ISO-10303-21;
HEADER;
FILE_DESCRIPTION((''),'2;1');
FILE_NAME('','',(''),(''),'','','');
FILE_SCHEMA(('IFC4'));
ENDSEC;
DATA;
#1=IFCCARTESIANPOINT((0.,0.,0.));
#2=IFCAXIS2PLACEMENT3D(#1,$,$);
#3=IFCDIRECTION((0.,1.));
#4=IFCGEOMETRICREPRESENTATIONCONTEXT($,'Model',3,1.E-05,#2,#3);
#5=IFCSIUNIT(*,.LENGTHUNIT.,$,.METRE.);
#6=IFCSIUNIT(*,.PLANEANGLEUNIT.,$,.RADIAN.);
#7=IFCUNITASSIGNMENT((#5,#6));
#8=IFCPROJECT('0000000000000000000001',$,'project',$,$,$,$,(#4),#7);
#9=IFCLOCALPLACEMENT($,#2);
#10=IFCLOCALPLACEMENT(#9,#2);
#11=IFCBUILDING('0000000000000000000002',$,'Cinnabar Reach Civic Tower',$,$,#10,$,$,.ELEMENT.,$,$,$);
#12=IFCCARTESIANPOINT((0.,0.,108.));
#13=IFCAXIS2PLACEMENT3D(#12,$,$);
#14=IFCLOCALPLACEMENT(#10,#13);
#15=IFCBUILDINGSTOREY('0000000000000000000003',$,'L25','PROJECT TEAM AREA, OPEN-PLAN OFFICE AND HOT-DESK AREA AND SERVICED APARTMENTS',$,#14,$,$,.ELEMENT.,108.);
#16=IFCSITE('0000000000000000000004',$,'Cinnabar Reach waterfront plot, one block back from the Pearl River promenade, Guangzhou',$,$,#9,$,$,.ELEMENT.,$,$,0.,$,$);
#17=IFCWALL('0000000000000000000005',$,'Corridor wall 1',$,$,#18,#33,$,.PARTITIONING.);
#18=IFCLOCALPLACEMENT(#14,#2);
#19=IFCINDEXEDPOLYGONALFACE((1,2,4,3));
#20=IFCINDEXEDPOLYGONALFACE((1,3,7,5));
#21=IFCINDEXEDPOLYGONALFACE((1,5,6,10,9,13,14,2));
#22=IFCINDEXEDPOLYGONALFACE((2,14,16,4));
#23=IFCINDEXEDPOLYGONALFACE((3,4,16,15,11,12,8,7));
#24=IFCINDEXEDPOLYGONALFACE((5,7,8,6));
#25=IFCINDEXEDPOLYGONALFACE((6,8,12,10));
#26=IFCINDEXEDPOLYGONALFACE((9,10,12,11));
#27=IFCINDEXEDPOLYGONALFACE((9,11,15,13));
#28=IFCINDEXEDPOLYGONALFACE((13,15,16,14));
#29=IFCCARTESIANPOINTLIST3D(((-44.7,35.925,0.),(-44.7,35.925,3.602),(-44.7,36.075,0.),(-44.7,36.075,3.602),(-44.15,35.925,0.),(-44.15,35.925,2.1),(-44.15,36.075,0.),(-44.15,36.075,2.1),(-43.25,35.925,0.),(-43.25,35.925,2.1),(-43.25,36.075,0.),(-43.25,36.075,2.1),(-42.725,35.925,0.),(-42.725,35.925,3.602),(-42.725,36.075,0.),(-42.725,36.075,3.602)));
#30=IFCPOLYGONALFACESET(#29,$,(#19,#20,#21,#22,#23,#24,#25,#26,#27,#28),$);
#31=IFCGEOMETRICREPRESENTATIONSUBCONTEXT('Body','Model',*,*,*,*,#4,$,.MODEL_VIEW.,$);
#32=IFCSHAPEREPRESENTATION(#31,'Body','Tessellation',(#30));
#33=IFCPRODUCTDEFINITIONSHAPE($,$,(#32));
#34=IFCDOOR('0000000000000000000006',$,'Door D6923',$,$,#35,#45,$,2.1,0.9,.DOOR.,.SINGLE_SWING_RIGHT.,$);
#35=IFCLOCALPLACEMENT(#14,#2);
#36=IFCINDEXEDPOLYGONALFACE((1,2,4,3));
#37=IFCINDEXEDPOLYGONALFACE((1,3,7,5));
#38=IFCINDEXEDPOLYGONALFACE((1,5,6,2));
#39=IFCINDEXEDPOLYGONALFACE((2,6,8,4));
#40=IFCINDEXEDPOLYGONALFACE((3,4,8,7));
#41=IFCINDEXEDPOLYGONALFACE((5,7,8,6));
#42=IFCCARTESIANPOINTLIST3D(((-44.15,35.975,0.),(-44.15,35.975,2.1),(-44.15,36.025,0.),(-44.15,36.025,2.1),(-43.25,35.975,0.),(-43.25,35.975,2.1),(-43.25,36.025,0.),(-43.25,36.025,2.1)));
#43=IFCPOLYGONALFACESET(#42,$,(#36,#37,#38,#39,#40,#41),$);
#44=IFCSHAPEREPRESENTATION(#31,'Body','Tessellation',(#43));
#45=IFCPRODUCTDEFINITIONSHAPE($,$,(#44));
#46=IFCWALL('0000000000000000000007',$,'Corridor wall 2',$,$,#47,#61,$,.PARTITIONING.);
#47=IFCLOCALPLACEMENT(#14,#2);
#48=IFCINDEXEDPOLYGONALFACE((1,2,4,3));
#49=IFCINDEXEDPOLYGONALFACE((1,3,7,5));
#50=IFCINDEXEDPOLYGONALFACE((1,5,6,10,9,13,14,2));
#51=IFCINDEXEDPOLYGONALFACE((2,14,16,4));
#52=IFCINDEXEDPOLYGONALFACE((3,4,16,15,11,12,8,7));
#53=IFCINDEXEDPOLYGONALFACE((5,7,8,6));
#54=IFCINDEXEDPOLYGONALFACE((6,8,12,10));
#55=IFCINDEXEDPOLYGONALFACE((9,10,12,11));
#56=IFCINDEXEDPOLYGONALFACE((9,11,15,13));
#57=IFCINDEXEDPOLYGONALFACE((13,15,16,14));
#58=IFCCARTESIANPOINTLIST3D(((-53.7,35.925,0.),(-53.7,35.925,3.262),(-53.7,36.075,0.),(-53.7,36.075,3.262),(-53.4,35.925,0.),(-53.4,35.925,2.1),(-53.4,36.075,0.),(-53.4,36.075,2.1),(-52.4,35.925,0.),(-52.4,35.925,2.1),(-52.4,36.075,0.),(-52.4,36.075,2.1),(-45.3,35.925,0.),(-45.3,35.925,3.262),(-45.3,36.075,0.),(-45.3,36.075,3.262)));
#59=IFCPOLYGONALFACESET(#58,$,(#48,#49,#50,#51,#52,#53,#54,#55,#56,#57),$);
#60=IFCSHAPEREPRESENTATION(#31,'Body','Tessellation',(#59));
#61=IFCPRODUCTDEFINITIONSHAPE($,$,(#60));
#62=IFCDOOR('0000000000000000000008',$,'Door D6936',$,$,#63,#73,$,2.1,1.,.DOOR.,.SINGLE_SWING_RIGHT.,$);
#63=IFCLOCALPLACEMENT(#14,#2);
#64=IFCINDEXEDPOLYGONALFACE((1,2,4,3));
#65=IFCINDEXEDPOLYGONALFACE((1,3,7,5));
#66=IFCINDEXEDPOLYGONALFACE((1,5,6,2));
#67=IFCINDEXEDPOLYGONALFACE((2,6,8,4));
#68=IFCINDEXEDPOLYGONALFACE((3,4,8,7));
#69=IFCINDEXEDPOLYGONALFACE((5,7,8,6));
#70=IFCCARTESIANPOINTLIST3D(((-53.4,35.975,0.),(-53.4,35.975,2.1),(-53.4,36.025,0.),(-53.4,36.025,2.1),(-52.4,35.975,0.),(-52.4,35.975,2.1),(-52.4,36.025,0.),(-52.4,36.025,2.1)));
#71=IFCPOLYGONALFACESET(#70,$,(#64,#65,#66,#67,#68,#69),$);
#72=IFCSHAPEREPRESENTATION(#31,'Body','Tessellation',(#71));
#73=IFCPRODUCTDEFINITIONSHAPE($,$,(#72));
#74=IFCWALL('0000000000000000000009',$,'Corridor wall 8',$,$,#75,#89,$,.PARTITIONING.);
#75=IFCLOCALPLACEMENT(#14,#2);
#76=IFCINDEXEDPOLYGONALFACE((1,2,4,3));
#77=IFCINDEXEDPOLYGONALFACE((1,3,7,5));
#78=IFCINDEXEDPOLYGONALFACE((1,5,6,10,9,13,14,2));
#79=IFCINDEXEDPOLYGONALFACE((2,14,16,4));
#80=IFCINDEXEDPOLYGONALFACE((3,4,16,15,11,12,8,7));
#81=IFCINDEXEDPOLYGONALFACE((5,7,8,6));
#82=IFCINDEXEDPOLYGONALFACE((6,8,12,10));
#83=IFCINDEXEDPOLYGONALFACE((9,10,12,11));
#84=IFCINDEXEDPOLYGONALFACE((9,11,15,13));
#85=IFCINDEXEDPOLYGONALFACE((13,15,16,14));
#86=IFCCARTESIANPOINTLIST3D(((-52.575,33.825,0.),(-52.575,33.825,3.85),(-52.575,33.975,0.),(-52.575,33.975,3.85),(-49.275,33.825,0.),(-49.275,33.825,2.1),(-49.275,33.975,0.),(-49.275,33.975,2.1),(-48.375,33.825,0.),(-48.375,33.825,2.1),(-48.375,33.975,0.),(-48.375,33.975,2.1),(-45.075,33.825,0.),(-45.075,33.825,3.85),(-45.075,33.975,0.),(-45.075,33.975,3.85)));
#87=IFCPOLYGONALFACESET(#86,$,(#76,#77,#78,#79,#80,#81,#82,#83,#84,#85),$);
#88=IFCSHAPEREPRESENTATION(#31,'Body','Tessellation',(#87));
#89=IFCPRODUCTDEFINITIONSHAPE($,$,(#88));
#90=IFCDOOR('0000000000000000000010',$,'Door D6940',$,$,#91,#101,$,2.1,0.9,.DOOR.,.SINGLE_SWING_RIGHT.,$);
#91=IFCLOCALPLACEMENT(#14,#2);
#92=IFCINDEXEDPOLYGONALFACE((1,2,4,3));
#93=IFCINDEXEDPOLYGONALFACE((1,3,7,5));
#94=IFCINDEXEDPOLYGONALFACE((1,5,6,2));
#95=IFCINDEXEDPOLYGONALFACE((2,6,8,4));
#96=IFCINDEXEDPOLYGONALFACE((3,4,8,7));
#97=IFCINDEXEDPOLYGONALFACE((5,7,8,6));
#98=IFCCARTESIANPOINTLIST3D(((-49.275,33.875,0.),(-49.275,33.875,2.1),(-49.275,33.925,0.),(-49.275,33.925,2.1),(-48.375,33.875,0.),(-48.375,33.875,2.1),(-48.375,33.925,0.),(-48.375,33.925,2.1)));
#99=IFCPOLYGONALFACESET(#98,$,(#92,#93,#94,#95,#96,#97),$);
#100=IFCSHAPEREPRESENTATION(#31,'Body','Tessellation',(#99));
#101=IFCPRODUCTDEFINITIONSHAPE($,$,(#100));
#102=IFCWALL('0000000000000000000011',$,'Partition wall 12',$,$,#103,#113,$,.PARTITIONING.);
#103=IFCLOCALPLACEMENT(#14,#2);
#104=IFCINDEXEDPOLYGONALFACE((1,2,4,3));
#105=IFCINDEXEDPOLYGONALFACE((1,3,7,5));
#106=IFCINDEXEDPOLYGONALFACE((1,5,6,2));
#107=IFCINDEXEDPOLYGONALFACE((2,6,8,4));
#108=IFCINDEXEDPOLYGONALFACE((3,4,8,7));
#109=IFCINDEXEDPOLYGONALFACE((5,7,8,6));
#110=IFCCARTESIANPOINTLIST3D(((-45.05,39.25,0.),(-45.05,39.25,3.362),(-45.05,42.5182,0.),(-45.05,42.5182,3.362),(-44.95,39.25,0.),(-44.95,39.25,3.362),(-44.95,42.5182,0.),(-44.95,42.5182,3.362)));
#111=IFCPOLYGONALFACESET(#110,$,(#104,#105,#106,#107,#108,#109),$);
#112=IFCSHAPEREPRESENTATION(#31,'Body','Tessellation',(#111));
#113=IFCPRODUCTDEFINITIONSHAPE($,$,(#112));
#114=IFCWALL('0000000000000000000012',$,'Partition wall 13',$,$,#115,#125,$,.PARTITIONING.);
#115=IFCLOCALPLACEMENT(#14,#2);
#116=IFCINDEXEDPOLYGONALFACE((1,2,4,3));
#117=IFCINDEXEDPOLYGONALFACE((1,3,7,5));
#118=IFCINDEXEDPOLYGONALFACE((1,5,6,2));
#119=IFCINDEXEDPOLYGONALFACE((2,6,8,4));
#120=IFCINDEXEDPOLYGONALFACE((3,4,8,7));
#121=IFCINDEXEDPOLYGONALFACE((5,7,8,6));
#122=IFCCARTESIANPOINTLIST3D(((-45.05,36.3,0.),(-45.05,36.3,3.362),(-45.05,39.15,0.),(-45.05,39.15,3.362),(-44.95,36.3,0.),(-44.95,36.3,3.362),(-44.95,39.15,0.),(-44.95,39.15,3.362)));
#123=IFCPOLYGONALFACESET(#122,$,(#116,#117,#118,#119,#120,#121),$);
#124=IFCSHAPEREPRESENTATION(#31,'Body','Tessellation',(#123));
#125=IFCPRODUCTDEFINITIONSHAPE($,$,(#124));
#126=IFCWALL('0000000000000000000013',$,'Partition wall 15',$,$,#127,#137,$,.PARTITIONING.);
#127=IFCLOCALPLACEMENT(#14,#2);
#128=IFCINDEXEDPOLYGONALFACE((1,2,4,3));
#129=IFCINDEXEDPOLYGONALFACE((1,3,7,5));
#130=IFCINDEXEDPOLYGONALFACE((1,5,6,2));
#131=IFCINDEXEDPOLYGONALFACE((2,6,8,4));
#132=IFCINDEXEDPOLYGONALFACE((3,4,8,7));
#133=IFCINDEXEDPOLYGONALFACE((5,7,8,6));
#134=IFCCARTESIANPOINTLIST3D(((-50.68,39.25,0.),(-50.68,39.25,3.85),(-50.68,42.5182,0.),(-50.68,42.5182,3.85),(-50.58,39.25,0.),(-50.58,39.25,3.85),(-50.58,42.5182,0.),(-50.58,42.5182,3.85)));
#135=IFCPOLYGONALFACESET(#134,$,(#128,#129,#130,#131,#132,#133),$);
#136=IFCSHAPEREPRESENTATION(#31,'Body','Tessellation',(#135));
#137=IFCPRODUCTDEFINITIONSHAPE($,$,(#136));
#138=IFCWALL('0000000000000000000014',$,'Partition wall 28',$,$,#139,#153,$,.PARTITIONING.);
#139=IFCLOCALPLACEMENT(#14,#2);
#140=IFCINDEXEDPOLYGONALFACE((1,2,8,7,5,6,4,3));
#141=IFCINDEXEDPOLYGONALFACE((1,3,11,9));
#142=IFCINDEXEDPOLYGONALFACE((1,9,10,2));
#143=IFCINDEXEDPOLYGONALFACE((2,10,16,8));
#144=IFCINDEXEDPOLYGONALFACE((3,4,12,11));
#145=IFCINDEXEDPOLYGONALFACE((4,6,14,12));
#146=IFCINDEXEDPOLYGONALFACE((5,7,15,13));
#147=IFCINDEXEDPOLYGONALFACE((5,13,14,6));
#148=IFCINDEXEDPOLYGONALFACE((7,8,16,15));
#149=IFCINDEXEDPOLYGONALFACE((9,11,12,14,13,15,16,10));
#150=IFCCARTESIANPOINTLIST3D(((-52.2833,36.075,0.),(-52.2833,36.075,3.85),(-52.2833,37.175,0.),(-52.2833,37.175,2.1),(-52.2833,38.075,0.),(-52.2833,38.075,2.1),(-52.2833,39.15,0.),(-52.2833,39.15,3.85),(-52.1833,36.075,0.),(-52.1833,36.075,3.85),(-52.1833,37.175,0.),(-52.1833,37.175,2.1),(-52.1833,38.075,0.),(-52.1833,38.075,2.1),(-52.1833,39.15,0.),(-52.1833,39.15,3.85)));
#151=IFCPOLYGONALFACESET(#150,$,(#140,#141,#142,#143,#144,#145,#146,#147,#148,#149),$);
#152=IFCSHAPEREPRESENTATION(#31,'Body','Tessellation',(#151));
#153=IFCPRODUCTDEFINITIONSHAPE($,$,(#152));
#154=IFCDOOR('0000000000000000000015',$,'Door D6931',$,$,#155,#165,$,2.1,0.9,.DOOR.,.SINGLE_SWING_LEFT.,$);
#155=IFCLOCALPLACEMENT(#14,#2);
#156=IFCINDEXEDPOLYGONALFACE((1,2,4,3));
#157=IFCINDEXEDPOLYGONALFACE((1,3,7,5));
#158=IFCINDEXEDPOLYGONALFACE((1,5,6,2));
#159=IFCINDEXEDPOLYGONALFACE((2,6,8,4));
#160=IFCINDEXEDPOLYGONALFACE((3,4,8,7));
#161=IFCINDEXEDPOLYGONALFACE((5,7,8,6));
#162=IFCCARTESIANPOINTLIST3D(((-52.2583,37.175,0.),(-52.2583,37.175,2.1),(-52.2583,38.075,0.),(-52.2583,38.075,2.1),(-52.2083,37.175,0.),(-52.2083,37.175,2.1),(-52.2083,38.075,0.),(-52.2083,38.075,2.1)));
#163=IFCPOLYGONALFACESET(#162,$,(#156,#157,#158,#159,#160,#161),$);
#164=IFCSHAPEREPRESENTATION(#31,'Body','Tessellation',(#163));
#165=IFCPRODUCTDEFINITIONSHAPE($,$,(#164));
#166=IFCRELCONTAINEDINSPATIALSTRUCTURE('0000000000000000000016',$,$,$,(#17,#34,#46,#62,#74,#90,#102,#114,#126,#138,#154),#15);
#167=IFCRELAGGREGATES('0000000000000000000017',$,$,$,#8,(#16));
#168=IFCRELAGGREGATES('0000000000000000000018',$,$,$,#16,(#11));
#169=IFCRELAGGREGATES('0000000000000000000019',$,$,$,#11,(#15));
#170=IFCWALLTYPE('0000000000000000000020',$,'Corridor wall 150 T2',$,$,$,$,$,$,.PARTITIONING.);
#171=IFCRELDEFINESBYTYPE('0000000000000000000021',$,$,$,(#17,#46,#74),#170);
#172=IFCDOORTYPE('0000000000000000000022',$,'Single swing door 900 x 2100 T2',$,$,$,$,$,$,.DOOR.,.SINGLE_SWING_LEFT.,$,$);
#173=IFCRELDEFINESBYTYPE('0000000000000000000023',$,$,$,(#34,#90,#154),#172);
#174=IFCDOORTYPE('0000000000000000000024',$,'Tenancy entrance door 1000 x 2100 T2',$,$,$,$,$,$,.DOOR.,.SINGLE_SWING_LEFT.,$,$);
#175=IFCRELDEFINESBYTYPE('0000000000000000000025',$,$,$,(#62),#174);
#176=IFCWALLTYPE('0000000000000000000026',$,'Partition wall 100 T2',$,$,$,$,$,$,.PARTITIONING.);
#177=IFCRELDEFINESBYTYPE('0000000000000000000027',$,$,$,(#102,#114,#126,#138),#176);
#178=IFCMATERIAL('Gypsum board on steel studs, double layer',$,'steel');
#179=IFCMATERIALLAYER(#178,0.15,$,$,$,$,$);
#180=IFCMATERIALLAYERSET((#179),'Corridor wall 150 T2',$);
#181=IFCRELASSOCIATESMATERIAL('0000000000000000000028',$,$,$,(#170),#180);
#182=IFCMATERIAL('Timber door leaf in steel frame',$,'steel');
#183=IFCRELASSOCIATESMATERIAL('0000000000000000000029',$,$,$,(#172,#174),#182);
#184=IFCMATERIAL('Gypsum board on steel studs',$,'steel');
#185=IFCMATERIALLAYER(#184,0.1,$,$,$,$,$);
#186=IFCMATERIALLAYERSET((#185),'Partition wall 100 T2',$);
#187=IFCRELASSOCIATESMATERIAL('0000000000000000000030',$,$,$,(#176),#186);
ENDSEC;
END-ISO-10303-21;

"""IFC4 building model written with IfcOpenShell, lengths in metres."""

from ifc_helpers import new_model, si_unit, direction, frame, frame_2d, origin, place, context, subcontext, project, spatial, rectangle, extrude, material, layer, layer_set, type_object, element, fill, save


model = new_model("IFC4")

# Units and contexts
model_context = context("Model", 3, precision=1e-05, world=origin(), true_north=direction((0.0, 1.0)))
body_context = subcontext(model_context, "Body", "Model", "MODEL_VIEW")
ifc_project = project(units=[si_unit("LENGTHUNIT", "METRE"), si_unit("PLANEANGLEUNIT", "RADIAN")], contexts=[model_context])

# Site, building, storey
site_placement = place(None, origin())
site = spatial("IfcSite", under=ifc_project, at=site_placement, Name="Cinnabar Reach waterfront plot, one block back from the Pearl River promenade, Guangzhou", CompositionType="ELEMENT", RefElevation=0.0)
building_placement = place(site_placement, origin())
building = spatial("IfcBuilding", under=site, at=building_placement, Name="Cinnabar Reach Civic Tower", CompositionType="ELEMENT")
storey_placement = place(building_placement, frame((0.0, 0.0, 108.0)))
storey = spatial("IfcBuildingStorey", under=building, at=storey_placement, Name="L25", Description="PROJECT TEAM AREA, OPEN-PLAN OFFICE AND HOT-DESK AREA AND SERVICED APARTMENTS", CompositionType="ELEMENT", Elevation=108.0)

# Walls, openings, doors
ifc_material_1 = material(Name="Gypsum board on steel studs, double layer", Category="steel")
ifc_layer_1 = layer(ifc_material_1, 0.15)
ifc_layer_set_1 = layer_set([ifc_layer_1], Name="Corridor wall 150 T2")
wall_type_1 = type_object("IfcWallType", Name="Corridor wall 150 T2", PredefinedType="PARTITIONING", material=ifc_layer_set_1)
wall_1_placement = place(storey_placement, frame((-44.7, 36.0, 0.0), z_axis=(0.0, 0.0, 1.0), x_axis=(1.0, 0.0, 0.0)))
wall_1 = element("IfcWall", 1, at=wall_1_placement, inside=storey, type_object=wall_type_1, Name="Corridor wall 1", PredefinedType="PARTITIONING", context=body_context, shape_type="SweptSolid", body=[
    extrude(rectangle(XDim=1.975, YDim=0.15, at=frame_2d((0.9875, 0.0))), origin(), (0.0, 0.0, 1.0), 3.602),
])
opening_1_placement = place(wall_1_placement, frame((0.55, 0.0, 0.0)))
opening_1 = element("IfcOpeningElement", 2, at=opening_1_placement, cuts=wall_1, PredefinedType="OPENING", context=body_context, shape_type="SweptSolid", body=[
    extrude(rectangle(XDim=0.9, YDim=2.1, at=frame_2d((0.45, 1.05))), frame((0.0, 0.085, 0.0), z_axis=(0.0, -1.0, 0.0), x_axis=(1.0, 0.0, 0.0)), (0.0, 0.0, 1.0), 0.17),
])
ifc_material_2 = material(Name="Timber door leaf in steel frame", Category="steel")
door_type_1 = type_object("IfcDoorType", Name="Single swing door 900 x 2100 T2", OperationType="SINGLE_SWING_LEFT", PredefinedType="DOOR", material=ifc_material_2)
door_1_placement = place(opening_1_placement, origin())
door_1 = element("IfcDoor", 3, at=door_1_placement, inside=storey, type_object=door_type_1, Name="Door D6923", OperationType="SINGLE_SWING_RIGHT", OverallHeight=2.1, OverallWidth=0.9, PredefinedType="DOOR", context=body_context, shape_type="SweptSolid", body=[
    extrude(rectangle(XDim=0.9, YDim=2.1, at=frame_2d((0.45, 1.05))), frame((0.0, 0.025, 0.0), z_axis=(0.0, -1.0, 0.0), x_axis=(1.0, 0.0, 0.0)), (0.0, 0.0, 1.0), 0.05),
])
fill(opening_1, door_1)
wall_2_placement = place(storey_placement, frame((-53.7, 36.0, 0.0), z_axis=(0.0, 0.0, 1.0), x_axis=(1.0, 0.0, 0.0)))
wall_2 = element("IfcWall", 4, at=wall_2_placement, inside=storey, type_object=wall_type_1, Name="Corridor wall 2", PredefinedType="PARTITIONING", context=body_context, shape_type="SweptSolid", body=[
    extrude(rectangle(XDim=8.4, YDim=0.15, at=frame_2d((4.2, 0.0))), origin(), (0.0, 0.0, 1.0), 3.262),
])
opening_2_placement = place(wall_2_placement, frame((0.3, 0.0, 0.0)))
opening_2 = element("IfcOpeningElement", 5, at=opening_2_placement, cuts=wall_2, PredefinedType="OPENING", context=body_context, shape_type="SweptSolid", body=[
    extrude(rectangle(XDim=1.0, YDim=2.1, at=frame_2d((0.5, 1.05))), frame((0.0, 0.085, 0.0), z_axis=(0.0, -1.0, 0.0), x_axis=(1.0, 0.0, 0.0)), (0.0, 0.0, 1.0), 0.17),
])
door_type_2 = type_object("IfcDoorType", Name="Tenancy entrance door 1000 x 2100 T2", OperationType="SINGLE_SWING_LEFT", PredefinedType="DOOR", material=ifc_material_2)
door_2_placement = place(opening_2_placement, origin())
door_2 = element("IfcDoor", 6, at=door_2_placement, inside=storey, type_object=door_type_2, Name="Door D6936", OperationType="SINGLE_SWING_RIGHT", OverallHeight=2.1, OverallWidth=1.0, PredefinedType="DOOR", context=body_context, shape_type="SweptSolid", body=[
    extrude(rectangle(XDim=1.0, YDim=2.1, at=frame_2d((0.5, 1.05))), frame((0.0, 0.025, 0.0), z_axis=(0.0, -1.0, 0.0), x_axis=(1.0, 0.0, 0.0)), (0.0, 0.0, 1.0), 0.05),
])
fill(opening_2, door_2)
wall_3_placement = place(storey_placement, frame((-52.575, 33.9, 0.0), z_axis=(0.0, 0.0, 1.0), x_axis=(1.0, 0.0, 0.0)))
wall_3 = element("IfcWall", 7, at=wall_3_placement, inside=storey, type_object=wall_type_1, Name="Corridor wall 8", PredefinedType="PARTITIONING", context=body_context, shape_type="SweptSolid", body=[
    extrude(rectangle(XDim=7.5, YDim=0.15, at=frame_2d((3.75, 0.0))), origin(), (0.0, 0.0, 1.0), 3.85),
])
opening_3_placement = place(wall_3_placement, frame((3.3, 0.0, 0.0)))
opening_3 = element("IfcOpeningElement", 8, at=opening_3_placement, cuts=wall_3, PredefinedType="OPENING", context=body_context, shape_type="SweptSolid", body=[
    extrude(rectangle(XDim=0.9, YDim=2.1, at=frame_2d((0.45, 1.05))), frame((0.0, 0.085, 0.0), z_axis=(0.0, -1.0, 0.0), x_axis=(1.0, 0.0, 0.0)), (0.0, 0.0, 1.0), 0.17),
])
door_3_placement = place(opening_3_placement, frame((0.9, 0.0, 0.0), z_axis=(0.0, 0.0, 1.0), x_axis=(-1.0, 0.0, 0.0)))
door_3 = element("IfcDoor", 9, at=door_3_placement, inside=storey, type_object=door_type_1, Name="Door D6940", OperationType="SINGLE_SWING_RIGHT", OverallHeight=2.1, OverallWidth=0.9, PredefinedType="DOOR", context=body_context, shape_type="SweptSolid", body=[
    extrude(rectangle(XDim=0.9, YDim=2.1, at=frame_2d((0.45, 1.05))), frame((0.0, 0.025, 0.0), z_axis=(0.0, -1.0, 0.0), x_axis=(1.0, 0.0, 0.0)), (0.0, 0.0, 1.0), 0.05),
])
fill(opening_3, door_3)

# Walls
ifc_material_3 = material(Name="Gypsum board on steel studs", Category="steel")
ifc_layer_2 = layer(ifc_material_3, 0.1)
ifc_layer_set_2 = layer_set([ifc_layer_2], Name="Partition wall 100 T2")
wall_type_2 = type_object("IfcWallType", Name="Partition wall 100 T2", PredefinedType="PARTITIONING", material=ifc_layer_set_2)
wall_4_placement = place(storey_placement, frame((-45.0, 39.25, 0.0), z_axis=(0.0, 0.0, 1.0), x_axis=(0.0, 1.0, 0.0)))
element("IfcWall", 10, at=wall_4_placement, inside=storey, type_object=wall_type_2, Name="Partition wall 12", PredefinedType="PARTITIONING", context=body_context, shape_type="SweptSolid", body=[
    extrude(rectangle(XDim=3.2681, YDim=0.1, at=frame_2d((1.6341, 0.0))), origin(), (0.0, 0.0, 1.0), 3.362),
])
wall_5_placement = place(storey_placement, frame((-45.0, 36.3, 0.0), z_axis=(0.0, 0.0, 1.0), x_axis=(0.0, 1.0, 0.0)))
element("IfcWall", 11, at=wall_5_placement, inside=storey, type_object=wall_type_2, Name="Partition wall 13", PredefinedType="PARTITIONING", context=body_context, shape_type="SweptSolid", body=[
    extrude(rectangle(XDim=2.85, YDim=0.1, at=frame_2d((1.425, 0.0))), origin(), (0.0, 0.0, 1.0), 3.362),
])
wall_6_placement = place(storey_placement, frame((-50.63, 39.25, 0.0), z_axis=(0.0, 0.0, 1.0), x_axis=(0.0, 1.0, 0.0)))
element("IfcWall", 12, at=wall_6_placement, inside=storey, type_object=wall_type_2, Name="Partition wall 15", PredefinedType="PARTITIONING", context=body_context, shape_type="SweptSolid", body=[
    extrude(rectangle(XDim=3.2681, YDim=0.1, at=frame_2d((1.6341, 0.0))), origin(), (0.0, 0.0, 1.0), 3.85),
])

# Wall, opening, door
wall_7_placement = place(storey_placement, frame((-52.2333, 36.075, 0.0), z_axis=(0.0, 0.0, 1.0), x_axis=(0.0, 1.0, 0.0)))
wall_7 = element("IfcWall", 13, at=wall_7_placement, inside=storey, type_object=wall_type_2, Name="Partition wall 28", PredefinedType="PARTITIONING", context=body_context, shape_type="SweptSolid", body=[
    extrude(rectangle(XDim=3.075, YDim=0.1, at=frame_2d((1.5375, 0.0))), origin(), (0.0, 0.0, 1.0), 3.85),
])
opening_4_placement = place(wall_7_placement, frame((1.1, 0.0, 0.0)))
opening_4 = element("IfcOpeningElement", 14, at=opening_4_placement, cuts=wall_7, PredefinedType="OPENING", context=body_context, shape_type="SweptSolid", body=[
    extrude(rectangle(XDim=0.9, YDim=2.1, at=frame_2d((0.45, 1.05))), frame((0.0, 0.06, 0.0), z_axis=(0.0, -1.0, 0.0), x_axis=(1.0, 0.0, 0.0)), (0.0, 0.0, 1.0), 0.12),
])
door_4_placement = place(opening_4_placement, origin())
door_4 = element("IfcDoor", 15, at=door_4_placement, inside=storey, type_object=door_type_1, Name="Door D6931", OperationType="SINGLE_SWING_LEFT", OverallHeight=2.1, OverallWidth=0.9, PredefinedType="DOOR", context=body_context, shape_type="SweptSolid", body=[
    extrude(rectangle(XDim=0.9, YDim=2.1, at=frame_2d((0.45, 1.05))), frame((0.0, 0.025, 0.0), z_axis=(0.0, -1.0, 0.0), x_axis=(1.0, 0.0, 0.0)), (0.0, 0.0, 1.0), 0.05),
])
fill(opening_4, door_4)

save(model, "model.ifc")
